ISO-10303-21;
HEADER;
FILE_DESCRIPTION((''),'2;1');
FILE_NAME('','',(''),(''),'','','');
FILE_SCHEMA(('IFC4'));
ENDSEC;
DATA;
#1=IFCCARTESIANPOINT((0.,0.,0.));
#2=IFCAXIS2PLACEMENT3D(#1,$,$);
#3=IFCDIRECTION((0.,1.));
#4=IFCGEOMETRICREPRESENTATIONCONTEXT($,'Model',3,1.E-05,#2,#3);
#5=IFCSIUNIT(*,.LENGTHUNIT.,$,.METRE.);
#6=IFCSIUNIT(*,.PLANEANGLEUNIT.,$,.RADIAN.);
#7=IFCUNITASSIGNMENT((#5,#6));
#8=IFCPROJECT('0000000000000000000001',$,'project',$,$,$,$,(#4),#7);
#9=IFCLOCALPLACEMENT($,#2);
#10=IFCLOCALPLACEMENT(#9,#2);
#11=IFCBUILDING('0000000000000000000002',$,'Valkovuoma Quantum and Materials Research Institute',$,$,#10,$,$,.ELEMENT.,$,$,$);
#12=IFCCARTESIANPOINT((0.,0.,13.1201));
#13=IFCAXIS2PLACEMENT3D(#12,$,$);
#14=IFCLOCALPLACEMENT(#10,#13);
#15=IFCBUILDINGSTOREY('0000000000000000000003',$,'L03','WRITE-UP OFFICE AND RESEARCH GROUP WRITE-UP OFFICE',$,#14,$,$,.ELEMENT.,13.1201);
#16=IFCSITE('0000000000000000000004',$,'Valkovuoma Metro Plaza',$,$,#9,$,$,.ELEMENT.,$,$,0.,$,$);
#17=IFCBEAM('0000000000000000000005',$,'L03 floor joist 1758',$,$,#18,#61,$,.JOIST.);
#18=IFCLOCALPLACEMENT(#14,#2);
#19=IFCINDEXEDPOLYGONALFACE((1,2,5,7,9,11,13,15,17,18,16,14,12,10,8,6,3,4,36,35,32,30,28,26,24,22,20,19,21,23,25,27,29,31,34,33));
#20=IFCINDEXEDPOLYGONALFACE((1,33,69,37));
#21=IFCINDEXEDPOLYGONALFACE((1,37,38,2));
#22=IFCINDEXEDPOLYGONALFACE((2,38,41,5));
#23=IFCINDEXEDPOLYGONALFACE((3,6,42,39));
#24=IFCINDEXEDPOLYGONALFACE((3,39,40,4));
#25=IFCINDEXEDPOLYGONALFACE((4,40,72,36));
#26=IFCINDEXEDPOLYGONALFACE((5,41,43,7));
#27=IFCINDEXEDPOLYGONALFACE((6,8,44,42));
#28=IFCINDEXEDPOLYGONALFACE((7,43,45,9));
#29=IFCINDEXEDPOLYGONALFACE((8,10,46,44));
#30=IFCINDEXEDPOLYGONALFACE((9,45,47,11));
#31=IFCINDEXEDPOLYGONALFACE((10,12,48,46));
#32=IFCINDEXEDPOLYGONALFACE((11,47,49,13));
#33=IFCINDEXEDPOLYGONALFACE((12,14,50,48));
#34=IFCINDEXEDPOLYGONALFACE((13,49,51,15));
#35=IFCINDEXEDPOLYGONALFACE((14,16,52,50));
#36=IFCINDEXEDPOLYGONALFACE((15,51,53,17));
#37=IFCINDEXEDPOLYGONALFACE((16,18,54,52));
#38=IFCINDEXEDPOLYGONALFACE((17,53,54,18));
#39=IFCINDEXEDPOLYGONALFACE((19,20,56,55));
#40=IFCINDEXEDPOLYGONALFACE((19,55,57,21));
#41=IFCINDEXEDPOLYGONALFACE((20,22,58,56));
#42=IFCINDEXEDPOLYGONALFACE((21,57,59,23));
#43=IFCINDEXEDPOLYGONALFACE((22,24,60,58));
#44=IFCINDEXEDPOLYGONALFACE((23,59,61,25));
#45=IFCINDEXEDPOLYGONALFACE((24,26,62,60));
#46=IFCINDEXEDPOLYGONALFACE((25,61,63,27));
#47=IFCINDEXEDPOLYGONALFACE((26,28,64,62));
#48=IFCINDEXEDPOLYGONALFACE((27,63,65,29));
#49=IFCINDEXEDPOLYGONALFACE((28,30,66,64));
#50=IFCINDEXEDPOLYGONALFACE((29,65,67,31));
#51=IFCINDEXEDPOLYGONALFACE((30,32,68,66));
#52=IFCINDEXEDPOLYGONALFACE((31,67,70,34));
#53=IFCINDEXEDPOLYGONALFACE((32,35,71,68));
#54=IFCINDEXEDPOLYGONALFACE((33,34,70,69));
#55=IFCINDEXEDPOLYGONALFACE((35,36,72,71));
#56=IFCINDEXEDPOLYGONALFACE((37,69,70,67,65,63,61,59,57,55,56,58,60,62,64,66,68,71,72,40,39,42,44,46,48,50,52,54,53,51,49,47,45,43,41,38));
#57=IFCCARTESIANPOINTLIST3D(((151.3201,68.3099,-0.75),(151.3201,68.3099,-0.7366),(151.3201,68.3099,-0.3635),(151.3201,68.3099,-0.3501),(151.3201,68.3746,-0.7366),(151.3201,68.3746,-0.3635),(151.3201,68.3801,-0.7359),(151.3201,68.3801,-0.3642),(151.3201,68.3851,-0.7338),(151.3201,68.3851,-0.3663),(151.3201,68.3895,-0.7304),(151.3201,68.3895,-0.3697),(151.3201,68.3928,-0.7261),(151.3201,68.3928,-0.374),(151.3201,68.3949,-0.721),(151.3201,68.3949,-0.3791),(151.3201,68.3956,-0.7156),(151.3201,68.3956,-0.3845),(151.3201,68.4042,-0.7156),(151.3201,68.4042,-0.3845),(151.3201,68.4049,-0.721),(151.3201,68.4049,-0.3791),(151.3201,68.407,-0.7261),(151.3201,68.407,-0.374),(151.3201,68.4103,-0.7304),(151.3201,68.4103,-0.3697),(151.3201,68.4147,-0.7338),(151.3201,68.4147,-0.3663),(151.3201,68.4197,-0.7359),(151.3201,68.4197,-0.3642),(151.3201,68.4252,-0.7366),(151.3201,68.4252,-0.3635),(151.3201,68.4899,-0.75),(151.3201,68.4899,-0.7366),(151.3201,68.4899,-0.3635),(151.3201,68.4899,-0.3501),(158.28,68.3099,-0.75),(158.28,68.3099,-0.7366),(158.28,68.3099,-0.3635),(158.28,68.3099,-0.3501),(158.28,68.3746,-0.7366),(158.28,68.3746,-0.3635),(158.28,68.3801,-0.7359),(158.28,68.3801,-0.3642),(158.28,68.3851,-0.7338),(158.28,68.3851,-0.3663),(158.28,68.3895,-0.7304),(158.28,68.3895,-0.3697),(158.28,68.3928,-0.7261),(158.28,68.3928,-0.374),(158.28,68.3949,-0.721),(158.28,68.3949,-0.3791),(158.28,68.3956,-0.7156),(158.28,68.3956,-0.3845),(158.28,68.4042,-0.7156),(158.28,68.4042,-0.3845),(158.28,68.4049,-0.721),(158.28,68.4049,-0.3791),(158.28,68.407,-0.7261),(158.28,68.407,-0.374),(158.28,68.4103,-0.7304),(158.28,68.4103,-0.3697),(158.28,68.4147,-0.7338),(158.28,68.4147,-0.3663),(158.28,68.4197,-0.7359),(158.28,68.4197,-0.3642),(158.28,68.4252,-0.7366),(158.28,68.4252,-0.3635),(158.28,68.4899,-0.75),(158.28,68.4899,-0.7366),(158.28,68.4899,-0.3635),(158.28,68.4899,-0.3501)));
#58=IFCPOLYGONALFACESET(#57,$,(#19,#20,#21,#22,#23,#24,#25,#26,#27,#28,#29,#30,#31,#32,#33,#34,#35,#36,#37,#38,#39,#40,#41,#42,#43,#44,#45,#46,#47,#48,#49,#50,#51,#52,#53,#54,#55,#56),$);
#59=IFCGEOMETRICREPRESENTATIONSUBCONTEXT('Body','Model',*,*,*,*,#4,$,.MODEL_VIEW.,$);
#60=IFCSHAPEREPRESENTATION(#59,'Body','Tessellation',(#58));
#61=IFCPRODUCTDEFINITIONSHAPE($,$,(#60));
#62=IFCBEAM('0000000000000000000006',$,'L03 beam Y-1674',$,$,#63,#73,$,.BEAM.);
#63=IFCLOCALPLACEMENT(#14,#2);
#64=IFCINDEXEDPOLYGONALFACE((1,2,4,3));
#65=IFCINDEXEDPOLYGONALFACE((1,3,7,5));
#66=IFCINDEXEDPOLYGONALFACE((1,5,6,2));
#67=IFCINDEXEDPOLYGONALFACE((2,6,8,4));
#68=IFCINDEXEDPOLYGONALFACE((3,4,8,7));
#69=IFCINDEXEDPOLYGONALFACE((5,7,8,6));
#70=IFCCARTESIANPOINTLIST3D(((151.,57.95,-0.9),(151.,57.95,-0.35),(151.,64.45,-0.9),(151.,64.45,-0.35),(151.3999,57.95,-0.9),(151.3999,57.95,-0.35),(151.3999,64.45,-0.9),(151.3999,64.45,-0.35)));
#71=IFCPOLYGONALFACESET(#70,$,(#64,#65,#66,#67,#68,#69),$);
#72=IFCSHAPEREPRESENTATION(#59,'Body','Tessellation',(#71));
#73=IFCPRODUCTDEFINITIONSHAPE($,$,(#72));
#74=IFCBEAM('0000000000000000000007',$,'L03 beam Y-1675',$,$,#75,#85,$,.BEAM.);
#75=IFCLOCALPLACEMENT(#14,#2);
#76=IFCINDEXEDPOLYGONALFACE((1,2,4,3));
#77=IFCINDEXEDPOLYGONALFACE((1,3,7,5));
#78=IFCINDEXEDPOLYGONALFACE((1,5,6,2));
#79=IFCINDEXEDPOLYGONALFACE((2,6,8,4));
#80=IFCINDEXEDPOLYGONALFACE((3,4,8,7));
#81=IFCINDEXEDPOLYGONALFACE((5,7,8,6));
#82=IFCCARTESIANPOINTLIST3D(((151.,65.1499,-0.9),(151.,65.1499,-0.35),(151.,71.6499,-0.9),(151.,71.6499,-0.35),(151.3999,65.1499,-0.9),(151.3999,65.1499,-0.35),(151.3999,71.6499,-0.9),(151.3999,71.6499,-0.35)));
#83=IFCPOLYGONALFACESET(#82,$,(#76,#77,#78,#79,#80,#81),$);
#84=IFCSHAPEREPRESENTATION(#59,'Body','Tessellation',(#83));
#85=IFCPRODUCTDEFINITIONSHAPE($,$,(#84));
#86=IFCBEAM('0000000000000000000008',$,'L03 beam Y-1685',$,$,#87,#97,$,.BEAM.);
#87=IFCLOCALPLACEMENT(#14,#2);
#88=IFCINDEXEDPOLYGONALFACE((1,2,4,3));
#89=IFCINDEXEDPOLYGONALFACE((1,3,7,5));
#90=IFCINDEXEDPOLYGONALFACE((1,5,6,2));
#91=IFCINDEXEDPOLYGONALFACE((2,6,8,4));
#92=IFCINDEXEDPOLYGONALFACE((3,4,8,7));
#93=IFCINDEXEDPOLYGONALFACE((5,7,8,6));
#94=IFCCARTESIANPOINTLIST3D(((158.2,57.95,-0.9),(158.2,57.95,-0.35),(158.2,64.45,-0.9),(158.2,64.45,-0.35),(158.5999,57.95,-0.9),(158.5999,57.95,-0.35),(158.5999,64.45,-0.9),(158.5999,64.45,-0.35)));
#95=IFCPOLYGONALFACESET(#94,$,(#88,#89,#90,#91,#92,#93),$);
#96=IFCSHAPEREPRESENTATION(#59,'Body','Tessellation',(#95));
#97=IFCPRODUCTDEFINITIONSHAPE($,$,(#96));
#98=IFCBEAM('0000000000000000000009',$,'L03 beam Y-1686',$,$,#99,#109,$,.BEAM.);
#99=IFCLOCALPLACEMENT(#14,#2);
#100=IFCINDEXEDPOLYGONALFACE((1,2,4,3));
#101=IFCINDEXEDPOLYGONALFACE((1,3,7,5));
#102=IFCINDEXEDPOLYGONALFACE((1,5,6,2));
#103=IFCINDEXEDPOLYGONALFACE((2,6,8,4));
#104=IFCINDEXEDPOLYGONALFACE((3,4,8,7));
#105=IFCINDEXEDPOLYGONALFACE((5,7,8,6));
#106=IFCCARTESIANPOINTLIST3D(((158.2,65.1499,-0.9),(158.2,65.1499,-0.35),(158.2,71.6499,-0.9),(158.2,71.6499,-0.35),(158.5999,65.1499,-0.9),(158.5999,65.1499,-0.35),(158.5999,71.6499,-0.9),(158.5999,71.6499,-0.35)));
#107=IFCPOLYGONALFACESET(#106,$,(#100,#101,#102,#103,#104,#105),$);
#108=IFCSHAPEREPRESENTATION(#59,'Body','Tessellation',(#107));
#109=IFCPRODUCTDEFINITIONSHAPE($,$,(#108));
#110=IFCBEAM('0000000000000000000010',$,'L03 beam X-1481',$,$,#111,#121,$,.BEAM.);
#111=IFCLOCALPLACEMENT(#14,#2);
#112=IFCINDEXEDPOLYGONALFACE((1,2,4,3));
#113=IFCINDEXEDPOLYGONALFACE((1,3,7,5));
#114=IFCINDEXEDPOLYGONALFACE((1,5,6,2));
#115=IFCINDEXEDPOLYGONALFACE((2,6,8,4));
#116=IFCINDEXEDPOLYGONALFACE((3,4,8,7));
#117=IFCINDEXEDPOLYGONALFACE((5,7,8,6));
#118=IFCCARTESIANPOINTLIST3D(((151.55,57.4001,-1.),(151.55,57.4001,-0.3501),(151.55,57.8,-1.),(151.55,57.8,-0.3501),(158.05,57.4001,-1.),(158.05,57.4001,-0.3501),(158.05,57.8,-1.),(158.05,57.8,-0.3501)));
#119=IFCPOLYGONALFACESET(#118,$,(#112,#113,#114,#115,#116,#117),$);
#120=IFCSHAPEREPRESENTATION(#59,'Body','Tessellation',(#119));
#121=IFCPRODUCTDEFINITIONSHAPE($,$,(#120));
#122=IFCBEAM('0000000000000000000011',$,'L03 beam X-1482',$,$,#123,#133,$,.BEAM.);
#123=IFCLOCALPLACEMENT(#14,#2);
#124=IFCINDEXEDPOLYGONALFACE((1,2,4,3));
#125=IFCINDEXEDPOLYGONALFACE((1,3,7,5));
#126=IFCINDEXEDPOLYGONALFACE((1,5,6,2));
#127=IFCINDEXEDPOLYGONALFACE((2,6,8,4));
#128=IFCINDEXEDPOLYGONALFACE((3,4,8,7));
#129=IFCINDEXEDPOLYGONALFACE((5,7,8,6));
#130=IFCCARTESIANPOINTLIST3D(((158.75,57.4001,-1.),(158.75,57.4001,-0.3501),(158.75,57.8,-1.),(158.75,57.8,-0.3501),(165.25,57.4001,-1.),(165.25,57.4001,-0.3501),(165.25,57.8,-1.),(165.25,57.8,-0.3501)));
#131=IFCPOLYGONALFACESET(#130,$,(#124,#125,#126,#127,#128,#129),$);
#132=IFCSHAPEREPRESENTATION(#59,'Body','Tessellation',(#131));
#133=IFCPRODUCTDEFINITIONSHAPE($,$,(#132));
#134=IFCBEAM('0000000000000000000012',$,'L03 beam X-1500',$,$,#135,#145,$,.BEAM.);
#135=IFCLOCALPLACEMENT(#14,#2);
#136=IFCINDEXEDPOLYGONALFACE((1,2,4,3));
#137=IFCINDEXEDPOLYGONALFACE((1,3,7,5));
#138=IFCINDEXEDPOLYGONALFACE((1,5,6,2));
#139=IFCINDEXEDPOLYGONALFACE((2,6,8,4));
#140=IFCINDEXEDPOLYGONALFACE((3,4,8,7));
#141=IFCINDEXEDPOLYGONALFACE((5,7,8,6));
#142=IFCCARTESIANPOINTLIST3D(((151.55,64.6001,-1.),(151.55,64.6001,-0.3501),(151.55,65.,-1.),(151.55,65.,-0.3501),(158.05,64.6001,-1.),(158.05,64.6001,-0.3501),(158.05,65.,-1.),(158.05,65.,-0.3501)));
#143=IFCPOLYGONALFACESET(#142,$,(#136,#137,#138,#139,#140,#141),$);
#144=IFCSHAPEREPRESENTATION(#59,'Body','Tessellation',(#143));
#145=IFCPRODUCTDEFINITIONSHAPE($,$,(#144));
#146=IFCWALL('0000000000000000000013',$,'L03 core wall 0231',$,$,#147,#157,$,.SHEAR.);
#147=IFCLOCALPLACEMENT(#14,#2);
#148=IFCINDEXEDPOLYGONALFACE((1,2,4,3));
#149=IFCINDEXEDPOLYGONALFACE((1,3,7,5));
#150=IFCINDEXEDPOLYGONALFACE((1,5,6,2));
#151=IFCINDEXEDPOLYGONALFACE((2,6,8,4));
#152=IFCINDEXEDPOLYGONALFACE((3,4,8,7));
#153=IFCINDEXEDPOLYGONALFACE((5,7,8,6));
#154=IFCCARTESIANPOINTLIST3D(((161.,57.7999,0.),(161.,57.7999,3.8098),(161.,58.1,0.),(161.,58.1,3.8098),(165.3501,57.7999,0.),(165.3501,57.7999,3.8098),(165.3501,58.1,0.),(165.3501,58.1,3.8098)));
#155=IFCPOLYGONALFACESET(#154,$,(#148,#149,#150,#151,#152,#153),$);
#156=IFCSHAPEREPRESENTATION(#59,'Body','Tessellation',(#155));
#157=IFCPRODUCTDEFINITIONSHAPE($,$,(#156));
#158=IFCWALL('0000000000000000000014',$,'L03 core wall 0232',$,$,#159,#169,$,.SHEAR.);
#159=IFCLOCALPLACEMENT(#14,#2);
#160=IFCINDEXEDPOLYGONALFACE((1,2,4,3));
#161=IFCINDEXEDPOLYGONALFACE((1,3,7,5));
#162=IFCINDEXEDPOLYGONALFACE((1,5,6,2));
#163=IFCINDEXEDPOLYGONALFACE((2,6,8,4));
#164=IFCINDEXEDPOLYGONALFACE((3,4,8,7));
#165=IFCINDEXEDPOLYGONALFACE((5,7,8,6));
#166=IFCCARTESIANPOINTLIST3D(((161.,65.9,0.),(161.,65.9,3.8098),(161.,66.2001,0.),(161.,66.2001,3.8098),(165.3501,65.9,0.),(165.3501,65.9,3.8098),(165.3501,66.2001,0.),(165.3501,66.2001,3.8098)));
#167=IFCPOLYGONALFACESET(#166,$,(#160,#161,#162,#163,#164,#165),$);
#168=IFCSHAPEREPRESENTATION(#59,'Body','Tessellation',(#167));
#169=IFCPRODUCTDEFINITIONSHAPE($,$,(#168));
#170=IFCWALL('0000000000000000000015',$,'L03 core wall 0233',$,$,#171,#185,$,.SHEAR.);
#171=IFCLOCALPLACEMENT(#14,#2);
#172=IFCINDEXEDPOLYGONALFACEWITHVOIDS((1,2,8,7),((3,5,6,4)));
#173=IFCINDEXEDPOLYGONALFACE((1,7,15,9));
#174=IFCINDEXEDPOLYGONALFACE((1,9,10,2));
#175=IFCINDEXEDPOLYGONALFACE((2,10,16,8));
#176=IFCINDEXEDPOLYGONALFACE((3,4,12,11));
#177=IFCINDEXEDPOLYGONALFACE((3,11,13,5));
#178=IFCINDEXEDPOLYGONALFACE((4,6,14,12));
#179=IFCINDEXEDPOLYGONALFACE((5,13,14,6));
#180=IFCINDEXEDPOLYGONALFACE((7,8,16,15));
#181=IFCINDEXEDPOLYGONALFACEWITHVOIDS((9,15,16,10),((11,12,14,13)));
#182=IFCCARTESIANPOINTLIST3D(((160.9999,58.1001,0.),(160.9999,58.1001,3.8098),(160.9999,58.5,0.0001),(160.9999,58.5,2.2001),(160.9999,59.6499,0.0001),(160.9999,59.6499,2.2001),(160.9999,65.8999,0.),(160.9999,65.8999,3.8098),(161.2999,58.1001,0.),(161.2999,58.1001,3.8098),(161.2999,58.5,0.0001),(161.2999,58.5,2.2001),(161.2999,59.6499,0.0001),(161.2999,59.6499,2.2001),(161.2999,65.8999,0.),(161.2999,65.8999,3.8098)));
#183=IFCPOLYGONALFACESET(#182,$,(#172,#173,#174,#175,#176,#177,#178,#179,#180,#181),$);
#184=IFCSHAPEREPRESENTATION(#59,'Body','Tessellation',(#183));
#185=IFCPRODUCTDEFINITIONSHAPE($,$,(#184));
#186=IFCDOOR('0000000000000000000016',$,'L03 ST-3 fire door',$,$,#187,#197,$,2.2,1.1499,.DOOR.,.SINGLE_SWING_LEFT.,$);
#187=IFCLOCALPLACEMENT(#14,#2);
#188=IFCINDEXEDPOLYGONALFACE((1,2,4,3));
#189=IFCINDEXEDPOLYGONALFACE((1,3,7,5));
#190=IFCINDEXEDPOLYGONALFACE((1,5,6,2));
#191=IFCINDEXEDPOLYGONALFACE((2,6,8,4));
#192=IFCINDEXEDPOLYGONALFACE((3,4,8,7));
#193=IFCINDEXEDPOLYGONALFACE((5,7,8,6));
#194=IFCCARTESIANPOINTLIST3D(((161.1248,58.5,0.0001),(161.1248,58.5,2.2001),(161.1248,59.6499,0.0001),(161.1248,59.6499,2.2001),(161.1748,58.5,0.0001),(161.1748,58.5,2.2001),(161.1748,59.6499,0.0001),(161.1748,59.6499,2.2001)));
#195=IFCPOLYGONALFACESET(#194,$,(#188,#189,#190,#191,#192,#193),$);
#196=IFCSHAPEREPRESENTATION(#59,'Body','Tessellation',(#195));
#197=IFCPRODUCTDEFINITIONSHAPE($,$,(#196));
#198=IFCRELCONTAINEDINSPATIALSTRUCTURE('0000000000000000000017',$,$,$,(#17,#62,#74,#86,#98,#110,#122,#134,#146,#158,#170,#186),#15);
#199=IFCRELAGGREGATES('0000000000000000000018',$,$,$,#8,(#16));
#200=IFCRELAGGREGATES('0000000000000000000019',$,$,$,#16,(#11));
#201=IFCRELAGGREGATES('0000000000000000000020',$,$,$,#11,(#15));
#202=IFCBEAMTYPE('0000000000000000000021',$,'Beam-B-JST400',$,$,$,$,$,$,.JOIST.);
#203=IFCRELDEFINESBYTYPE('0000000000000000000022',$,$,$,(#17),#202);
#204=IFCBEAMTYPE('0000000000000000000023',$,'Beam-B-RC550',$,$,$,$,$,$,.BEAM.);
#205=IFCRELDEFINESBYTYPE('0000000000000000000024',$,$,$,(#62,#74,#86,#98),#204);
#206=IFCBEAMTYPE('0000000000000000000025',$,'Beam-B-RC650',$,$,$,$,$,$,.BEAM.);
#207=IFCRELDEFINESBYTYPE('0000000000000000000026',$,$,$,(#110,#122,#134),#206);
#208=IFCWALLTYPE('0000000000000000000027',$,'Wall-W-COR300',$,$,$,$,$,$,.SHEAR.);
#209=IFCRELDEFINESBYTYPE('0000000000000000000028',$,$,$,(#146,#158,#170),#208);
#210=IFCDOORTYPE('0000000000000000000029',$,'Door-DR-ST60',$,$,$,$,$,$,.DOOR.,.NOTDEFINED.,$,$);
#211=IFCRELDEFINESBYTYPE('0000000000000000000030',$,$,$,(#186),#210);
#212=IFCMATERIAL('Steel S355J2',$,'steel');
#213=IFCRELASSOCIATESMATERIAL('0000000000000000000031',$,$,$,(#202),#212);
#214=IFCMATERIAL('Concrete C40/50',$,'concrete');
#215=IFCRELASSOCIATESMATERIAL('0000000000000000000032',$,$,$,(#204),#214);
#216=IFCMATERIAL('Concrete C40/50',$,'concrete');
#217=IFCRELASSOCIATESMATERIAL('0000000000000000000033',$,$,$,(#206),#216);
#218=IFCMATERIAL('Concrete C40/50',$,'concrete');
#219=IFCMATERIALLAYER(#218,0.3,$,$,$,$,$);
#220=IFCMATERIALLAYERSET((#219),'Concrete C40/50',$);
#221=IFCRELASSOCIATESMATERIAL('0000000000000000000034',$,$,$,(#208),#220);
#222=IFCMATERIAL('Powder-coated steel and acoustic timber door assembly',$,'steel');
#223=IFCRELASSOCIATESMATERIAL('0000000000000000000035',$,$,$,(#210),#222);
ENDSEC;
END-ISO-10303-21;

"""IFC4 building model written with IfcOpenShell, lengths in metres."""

from ifc_helpers import new_model, si_unit, direction, frame, frame_2d, origin, origin_2d, place, context, subcontext, project, spatial, rectangle, i_section, extrude, material, layer, layer_set, material_profile, profile_set, type_object, element, fill, save


model = new_model("IFC4")

# Units and contexts
model_context = context("Model", 3, precision=1e-05, world=origin(), true_north=direction((0.0, 1.0)))
body_context = subcontext(model_context, "Body", "Model", "MODEL_VIEW")
ifc_project = project(units=[si_unit("LENGTHUNIT", "METRE"), si_unit("PLANEANGLEUNIT", "RADIAN")], contexts=[model_context])

# Site, building, storey
site_placement = place(None, origin())
site = spatial("IfcSite", under=ifc_project, at=site_placement, Name="Valkovuoma Metro Plaza", CompositionType="ELEMENT", RefElevation=0.0)
building_placement = place(site_placement, origin())
building = spatial("IfcBuilding", under=site, at=building_placement, Name="Valkovuoma Quantum and Materials Research Institute", CompositionType="ELEMENT")
storey_placement = place(building_placement, frame((0.0, 0.0, 13.1201)))
storey = spatial("IfcBuildingStorey", under=building, at=storey_placement, Name="L03", Description="WRITE-UP OFFICE AND RESEARCH GROUP WRITE-UP OFFICE", CompositionType="ELEMENT", Elevation=13.1201)

# Beams
ifc_material_1 = material(Name="Steel S355J2", Category="steel")
ifc_material_profile_1 = material_profile(ifc_material_1, i_section(OverallWidth=0.1799, OverallDepth=0.3999, WebThickness=0.0085, FlangeThickness=0.0134, FilletRadius=0.021, at=origin_2d()), Name="Steel S355J2")
ifc_profile_set_1 = profile_set([ifc_material_profile_1], Name="Steel S355J2")
beam_type_1 = type_object("IfcBeamType", Name="Beam-B-JST400", PredefinedType="JOIST", material=ifc_profile_set_1)
for number, where, z_axis, x_axis, name in (
    (1, (151.3201, 68.3999, -0.55), (1.0, 0.0, 0.0), (0.0, 1.0, 0.0), "L03 floor joist 1758"),
):
    element("IfcBeam", number, at=place(storey_placement, frame(where, z_axis=z_axis, x_axis=x_axis)), inside=storey, type_object=beam_type_1, Name=name, PredefinedType="JOIST", context=body_context, shape_type="SweptSolid", body=[
        extrude(i_section(OverallWidth=0.1799, OverallDepth=0.3999, WebThickness=0.0085, FlangeThickness=0.0134, FilletRadius=0.021, at=origin_2d()), origin(), (0.0, 0.0, 1.0), 6.96),
    ])
ifc_material_2 = material(Name="Concrete C40/50", Category="concrete")
ifc_material_profile_2 = material_profile(ifc_material_2, rectangle(XDim=0.3999, YDim=0.55, at=origin_2d()), Name="Concrete C40/50")
ifc_profile_set_2 = profile_set([ifc_material_profile_2], Name="Concrete C40/50")
beam_type_2 = type_object("IfcBeamType", Name="Beam-B-RC550", PredefinedType="BEAM", material=ifc_profile_set_2)
for number, where, z_axis, x_axis, name in (
    (2, (151.2, 57.95, -0.625), (0.0, 1.0, 0.0), (-1.0, 0.0, 0.0), "L03 beam Y-1674"),
    (3, (151.2, 65.1499, -0.625), (0.0, 1.0, 0.0), (-1.0, 0.0, 0.0), "L03 beam Y-1675"),
    (4, (158.3999, 57.95, -0.625), (0.0, 1.0, 0.0), (-1.0, 0.0, 0.0), "L03 beam Y-1685"),
    (5, (158.3999, 65.1499, -0.625), (0.0, 1.0, 0.0), (-1.0, 0.0, 0.0), "L03 beam Y-1686"),
):
    element("IfcBeam", number, at=place(storey_placement, frame(where, z_axis=z_axis, x_axis=x_axis)), inside=storey, type_object=beam_type_2, Name=name, PredefinedType="BEAM", context=body_context, shape_type="SweptSolid", body=[
        extrude(rectangle(XDim=0.3999, YDim=0.55, at=origin_2d()), origin(), (0.0, 0.0, 1.0), 6.5),
    ])
ifc_material_3 = material(Name="Concrete C40/50", Category="concrete")
ifc_material_profile_3 = material_profile(ifc_material_3, rectangle(XDim=0.3999, YDim=0.6499, at=origin_2d()), Name="Concrete C40/50")
ifc_profile_set_3 = profile_set([ifc_material_profile_3], Name="Concrete C40/50")
beam_type_3 = type_object("IfcBeamType", Name="Beam-B-RC650", PredefinedType="BEAM", material=ifc_profile_set_3)
for number, where, z_axis, x_axis, name in (
    (6, (151.55, 57.6001, -0.675), (1.0, 0.0, 0.0), (0.0, 1.0, 0.0), "L03 beam X-1481"),
    (7, (158.75, 57.6001, -0.675), (1.0, 0.0, 0.0), (0.0, 1.0, 0.0), "L03 beam X-1482"),
    (8, (151.55, 64.8, -0.675), (1.0, 0.0, 0.0), (0.0, 1.0, 0.0), "L03 beam X-1500"),
):
    element("IfcBeam", number, at=place(storey_placement, frame(where, z_axis=z_axis, x_axis=x_axis)), inside=storey, type_object=beam_type_3, Name=name, PredefinedType="BEAM", context=body_context, shape_type="SweptSolid", body=[
        extrude(rectangle(XDim=0.3999, YDim=0.6499, at=origin_2d()), origin(), (0.0, 0.0, 1.0), 6.5),
    ])

# Walls
ifc_material_4 = material(Name="Concrete C40/50", Category="concrete")
ifc_layer = layer(ifc_material_4, 0.3)
ifc_layer_set = layer_set([ifc_layer], Name="Concrete C40/50")
wall_type = type_object("IfcWallType", Name="Wall-W-COR300", PredefinedType="SHEAR", material=ifc_layer_set)
for number, where, z_axis, x_axis, name in (
    (9, (161.0, 57.95, 0.0), (0.0, 0.0, 1.0), (1.0, 0.0, 0.0), "L03 core wall 0231"),
    (10, (161.0, 66.05, 0.0), (0.0, 0.0, 1.0), (1.0, 0.0, 0.0), "L03 core wall 0232"),
):
    element("IfcWall", number, at=place(storey_placement, frame(where, z_axis=z_axis, x_axis=x_axis)), inside=storey, type_object=wall_type, Name=name, PredefinedType="SHEAR", context=body_context, shape_type="SweptSolid", body=[
        extrude(rectangle(XDim=4.3501, YDim=0.3, at=frame_2d((2.175, 0.0))), origin(), (0.0, 0.0, 1.0), 3.8098),
    ])

# Wall, opening, door
wall_placement = place(storey_placement, frame((161.1499, 58.1001, 0.0), z_axis=(0.0, 0.0, 1.0), x_axis=(0.0, 1.0, 0.0)))
wall = element("IfcWall", 11, at=wall_placement, inside=storey, type_object=wall_type, Name="L03 core wall 0233", PredefinedType="SHEAR", context=body_context, shape_type="SweptSolid", body=[
    extrude(rectangle(XDim=7.7998, YDim=0.3, at=frame_2d((3.8999, 0.0))), origin(), (0.0, 0.0, 1.0), 3.8098),
])
opening_placement = place(wall_placement, frame((0.3999, 0.0, 0.0)))
opening = element("IfcOpeningElement", 12, at=opening_placement, cuts=wall, PredefinedType="OPENING", context=body_context, shape_type="SweptSolid", body=[
    extrude(rectangle(XDim=1.1499, YDim=2.2, at=frame_2d((0.575, 1.1001))), frame((0.0, 0.1602, 0.0), z_axis=(0.0, -1.0, 0.0), x_axis=(1.0, 0.0, 0.0)), (0.0, 0.0, 1.0), 0.3201),
])
ifc_material_5 = material(Name="Powder-coated steel and acoustic timber door assembly", Category="steel")
door_type = type_object("IfcDoorType", Name="Door-DR-ST60", OperationType="NOTDEFINED", PredefinedType="DOOR", material=ifc_material_5)
door_placement = place(opening_placement, frame((1.1499, 0.0, 0.0), z_axis=(0.0, 0.0, 1.0), x_axis=(-1.0, 0.0, 0.0)))
door = element("IfcDoor", 13, at=door_placement, inside=storey, type_object=door_type, Name="L03 ST-3 fire door", OperationType="SINGLE_SWING_LEFT", OverallHeight=2.2, OverallWidth=1.1499, PredefinedType="DOOR", context=body_context, shape_type="SweptSolid", body=[
    extrude(rectangle(XDim=1.1499, YDim=2.2, at=frame_2d((0.575, 1.1001))), frame((0.0, 0.0249, 0.0), z_axis=(0.0, -1.0, 0.0), x_axis=(1.0, 0.0, 0.0)), (0.0, 0.0, 1.0), 0.05),
])
fill(opening, door)

save(model, "model.ifc")
